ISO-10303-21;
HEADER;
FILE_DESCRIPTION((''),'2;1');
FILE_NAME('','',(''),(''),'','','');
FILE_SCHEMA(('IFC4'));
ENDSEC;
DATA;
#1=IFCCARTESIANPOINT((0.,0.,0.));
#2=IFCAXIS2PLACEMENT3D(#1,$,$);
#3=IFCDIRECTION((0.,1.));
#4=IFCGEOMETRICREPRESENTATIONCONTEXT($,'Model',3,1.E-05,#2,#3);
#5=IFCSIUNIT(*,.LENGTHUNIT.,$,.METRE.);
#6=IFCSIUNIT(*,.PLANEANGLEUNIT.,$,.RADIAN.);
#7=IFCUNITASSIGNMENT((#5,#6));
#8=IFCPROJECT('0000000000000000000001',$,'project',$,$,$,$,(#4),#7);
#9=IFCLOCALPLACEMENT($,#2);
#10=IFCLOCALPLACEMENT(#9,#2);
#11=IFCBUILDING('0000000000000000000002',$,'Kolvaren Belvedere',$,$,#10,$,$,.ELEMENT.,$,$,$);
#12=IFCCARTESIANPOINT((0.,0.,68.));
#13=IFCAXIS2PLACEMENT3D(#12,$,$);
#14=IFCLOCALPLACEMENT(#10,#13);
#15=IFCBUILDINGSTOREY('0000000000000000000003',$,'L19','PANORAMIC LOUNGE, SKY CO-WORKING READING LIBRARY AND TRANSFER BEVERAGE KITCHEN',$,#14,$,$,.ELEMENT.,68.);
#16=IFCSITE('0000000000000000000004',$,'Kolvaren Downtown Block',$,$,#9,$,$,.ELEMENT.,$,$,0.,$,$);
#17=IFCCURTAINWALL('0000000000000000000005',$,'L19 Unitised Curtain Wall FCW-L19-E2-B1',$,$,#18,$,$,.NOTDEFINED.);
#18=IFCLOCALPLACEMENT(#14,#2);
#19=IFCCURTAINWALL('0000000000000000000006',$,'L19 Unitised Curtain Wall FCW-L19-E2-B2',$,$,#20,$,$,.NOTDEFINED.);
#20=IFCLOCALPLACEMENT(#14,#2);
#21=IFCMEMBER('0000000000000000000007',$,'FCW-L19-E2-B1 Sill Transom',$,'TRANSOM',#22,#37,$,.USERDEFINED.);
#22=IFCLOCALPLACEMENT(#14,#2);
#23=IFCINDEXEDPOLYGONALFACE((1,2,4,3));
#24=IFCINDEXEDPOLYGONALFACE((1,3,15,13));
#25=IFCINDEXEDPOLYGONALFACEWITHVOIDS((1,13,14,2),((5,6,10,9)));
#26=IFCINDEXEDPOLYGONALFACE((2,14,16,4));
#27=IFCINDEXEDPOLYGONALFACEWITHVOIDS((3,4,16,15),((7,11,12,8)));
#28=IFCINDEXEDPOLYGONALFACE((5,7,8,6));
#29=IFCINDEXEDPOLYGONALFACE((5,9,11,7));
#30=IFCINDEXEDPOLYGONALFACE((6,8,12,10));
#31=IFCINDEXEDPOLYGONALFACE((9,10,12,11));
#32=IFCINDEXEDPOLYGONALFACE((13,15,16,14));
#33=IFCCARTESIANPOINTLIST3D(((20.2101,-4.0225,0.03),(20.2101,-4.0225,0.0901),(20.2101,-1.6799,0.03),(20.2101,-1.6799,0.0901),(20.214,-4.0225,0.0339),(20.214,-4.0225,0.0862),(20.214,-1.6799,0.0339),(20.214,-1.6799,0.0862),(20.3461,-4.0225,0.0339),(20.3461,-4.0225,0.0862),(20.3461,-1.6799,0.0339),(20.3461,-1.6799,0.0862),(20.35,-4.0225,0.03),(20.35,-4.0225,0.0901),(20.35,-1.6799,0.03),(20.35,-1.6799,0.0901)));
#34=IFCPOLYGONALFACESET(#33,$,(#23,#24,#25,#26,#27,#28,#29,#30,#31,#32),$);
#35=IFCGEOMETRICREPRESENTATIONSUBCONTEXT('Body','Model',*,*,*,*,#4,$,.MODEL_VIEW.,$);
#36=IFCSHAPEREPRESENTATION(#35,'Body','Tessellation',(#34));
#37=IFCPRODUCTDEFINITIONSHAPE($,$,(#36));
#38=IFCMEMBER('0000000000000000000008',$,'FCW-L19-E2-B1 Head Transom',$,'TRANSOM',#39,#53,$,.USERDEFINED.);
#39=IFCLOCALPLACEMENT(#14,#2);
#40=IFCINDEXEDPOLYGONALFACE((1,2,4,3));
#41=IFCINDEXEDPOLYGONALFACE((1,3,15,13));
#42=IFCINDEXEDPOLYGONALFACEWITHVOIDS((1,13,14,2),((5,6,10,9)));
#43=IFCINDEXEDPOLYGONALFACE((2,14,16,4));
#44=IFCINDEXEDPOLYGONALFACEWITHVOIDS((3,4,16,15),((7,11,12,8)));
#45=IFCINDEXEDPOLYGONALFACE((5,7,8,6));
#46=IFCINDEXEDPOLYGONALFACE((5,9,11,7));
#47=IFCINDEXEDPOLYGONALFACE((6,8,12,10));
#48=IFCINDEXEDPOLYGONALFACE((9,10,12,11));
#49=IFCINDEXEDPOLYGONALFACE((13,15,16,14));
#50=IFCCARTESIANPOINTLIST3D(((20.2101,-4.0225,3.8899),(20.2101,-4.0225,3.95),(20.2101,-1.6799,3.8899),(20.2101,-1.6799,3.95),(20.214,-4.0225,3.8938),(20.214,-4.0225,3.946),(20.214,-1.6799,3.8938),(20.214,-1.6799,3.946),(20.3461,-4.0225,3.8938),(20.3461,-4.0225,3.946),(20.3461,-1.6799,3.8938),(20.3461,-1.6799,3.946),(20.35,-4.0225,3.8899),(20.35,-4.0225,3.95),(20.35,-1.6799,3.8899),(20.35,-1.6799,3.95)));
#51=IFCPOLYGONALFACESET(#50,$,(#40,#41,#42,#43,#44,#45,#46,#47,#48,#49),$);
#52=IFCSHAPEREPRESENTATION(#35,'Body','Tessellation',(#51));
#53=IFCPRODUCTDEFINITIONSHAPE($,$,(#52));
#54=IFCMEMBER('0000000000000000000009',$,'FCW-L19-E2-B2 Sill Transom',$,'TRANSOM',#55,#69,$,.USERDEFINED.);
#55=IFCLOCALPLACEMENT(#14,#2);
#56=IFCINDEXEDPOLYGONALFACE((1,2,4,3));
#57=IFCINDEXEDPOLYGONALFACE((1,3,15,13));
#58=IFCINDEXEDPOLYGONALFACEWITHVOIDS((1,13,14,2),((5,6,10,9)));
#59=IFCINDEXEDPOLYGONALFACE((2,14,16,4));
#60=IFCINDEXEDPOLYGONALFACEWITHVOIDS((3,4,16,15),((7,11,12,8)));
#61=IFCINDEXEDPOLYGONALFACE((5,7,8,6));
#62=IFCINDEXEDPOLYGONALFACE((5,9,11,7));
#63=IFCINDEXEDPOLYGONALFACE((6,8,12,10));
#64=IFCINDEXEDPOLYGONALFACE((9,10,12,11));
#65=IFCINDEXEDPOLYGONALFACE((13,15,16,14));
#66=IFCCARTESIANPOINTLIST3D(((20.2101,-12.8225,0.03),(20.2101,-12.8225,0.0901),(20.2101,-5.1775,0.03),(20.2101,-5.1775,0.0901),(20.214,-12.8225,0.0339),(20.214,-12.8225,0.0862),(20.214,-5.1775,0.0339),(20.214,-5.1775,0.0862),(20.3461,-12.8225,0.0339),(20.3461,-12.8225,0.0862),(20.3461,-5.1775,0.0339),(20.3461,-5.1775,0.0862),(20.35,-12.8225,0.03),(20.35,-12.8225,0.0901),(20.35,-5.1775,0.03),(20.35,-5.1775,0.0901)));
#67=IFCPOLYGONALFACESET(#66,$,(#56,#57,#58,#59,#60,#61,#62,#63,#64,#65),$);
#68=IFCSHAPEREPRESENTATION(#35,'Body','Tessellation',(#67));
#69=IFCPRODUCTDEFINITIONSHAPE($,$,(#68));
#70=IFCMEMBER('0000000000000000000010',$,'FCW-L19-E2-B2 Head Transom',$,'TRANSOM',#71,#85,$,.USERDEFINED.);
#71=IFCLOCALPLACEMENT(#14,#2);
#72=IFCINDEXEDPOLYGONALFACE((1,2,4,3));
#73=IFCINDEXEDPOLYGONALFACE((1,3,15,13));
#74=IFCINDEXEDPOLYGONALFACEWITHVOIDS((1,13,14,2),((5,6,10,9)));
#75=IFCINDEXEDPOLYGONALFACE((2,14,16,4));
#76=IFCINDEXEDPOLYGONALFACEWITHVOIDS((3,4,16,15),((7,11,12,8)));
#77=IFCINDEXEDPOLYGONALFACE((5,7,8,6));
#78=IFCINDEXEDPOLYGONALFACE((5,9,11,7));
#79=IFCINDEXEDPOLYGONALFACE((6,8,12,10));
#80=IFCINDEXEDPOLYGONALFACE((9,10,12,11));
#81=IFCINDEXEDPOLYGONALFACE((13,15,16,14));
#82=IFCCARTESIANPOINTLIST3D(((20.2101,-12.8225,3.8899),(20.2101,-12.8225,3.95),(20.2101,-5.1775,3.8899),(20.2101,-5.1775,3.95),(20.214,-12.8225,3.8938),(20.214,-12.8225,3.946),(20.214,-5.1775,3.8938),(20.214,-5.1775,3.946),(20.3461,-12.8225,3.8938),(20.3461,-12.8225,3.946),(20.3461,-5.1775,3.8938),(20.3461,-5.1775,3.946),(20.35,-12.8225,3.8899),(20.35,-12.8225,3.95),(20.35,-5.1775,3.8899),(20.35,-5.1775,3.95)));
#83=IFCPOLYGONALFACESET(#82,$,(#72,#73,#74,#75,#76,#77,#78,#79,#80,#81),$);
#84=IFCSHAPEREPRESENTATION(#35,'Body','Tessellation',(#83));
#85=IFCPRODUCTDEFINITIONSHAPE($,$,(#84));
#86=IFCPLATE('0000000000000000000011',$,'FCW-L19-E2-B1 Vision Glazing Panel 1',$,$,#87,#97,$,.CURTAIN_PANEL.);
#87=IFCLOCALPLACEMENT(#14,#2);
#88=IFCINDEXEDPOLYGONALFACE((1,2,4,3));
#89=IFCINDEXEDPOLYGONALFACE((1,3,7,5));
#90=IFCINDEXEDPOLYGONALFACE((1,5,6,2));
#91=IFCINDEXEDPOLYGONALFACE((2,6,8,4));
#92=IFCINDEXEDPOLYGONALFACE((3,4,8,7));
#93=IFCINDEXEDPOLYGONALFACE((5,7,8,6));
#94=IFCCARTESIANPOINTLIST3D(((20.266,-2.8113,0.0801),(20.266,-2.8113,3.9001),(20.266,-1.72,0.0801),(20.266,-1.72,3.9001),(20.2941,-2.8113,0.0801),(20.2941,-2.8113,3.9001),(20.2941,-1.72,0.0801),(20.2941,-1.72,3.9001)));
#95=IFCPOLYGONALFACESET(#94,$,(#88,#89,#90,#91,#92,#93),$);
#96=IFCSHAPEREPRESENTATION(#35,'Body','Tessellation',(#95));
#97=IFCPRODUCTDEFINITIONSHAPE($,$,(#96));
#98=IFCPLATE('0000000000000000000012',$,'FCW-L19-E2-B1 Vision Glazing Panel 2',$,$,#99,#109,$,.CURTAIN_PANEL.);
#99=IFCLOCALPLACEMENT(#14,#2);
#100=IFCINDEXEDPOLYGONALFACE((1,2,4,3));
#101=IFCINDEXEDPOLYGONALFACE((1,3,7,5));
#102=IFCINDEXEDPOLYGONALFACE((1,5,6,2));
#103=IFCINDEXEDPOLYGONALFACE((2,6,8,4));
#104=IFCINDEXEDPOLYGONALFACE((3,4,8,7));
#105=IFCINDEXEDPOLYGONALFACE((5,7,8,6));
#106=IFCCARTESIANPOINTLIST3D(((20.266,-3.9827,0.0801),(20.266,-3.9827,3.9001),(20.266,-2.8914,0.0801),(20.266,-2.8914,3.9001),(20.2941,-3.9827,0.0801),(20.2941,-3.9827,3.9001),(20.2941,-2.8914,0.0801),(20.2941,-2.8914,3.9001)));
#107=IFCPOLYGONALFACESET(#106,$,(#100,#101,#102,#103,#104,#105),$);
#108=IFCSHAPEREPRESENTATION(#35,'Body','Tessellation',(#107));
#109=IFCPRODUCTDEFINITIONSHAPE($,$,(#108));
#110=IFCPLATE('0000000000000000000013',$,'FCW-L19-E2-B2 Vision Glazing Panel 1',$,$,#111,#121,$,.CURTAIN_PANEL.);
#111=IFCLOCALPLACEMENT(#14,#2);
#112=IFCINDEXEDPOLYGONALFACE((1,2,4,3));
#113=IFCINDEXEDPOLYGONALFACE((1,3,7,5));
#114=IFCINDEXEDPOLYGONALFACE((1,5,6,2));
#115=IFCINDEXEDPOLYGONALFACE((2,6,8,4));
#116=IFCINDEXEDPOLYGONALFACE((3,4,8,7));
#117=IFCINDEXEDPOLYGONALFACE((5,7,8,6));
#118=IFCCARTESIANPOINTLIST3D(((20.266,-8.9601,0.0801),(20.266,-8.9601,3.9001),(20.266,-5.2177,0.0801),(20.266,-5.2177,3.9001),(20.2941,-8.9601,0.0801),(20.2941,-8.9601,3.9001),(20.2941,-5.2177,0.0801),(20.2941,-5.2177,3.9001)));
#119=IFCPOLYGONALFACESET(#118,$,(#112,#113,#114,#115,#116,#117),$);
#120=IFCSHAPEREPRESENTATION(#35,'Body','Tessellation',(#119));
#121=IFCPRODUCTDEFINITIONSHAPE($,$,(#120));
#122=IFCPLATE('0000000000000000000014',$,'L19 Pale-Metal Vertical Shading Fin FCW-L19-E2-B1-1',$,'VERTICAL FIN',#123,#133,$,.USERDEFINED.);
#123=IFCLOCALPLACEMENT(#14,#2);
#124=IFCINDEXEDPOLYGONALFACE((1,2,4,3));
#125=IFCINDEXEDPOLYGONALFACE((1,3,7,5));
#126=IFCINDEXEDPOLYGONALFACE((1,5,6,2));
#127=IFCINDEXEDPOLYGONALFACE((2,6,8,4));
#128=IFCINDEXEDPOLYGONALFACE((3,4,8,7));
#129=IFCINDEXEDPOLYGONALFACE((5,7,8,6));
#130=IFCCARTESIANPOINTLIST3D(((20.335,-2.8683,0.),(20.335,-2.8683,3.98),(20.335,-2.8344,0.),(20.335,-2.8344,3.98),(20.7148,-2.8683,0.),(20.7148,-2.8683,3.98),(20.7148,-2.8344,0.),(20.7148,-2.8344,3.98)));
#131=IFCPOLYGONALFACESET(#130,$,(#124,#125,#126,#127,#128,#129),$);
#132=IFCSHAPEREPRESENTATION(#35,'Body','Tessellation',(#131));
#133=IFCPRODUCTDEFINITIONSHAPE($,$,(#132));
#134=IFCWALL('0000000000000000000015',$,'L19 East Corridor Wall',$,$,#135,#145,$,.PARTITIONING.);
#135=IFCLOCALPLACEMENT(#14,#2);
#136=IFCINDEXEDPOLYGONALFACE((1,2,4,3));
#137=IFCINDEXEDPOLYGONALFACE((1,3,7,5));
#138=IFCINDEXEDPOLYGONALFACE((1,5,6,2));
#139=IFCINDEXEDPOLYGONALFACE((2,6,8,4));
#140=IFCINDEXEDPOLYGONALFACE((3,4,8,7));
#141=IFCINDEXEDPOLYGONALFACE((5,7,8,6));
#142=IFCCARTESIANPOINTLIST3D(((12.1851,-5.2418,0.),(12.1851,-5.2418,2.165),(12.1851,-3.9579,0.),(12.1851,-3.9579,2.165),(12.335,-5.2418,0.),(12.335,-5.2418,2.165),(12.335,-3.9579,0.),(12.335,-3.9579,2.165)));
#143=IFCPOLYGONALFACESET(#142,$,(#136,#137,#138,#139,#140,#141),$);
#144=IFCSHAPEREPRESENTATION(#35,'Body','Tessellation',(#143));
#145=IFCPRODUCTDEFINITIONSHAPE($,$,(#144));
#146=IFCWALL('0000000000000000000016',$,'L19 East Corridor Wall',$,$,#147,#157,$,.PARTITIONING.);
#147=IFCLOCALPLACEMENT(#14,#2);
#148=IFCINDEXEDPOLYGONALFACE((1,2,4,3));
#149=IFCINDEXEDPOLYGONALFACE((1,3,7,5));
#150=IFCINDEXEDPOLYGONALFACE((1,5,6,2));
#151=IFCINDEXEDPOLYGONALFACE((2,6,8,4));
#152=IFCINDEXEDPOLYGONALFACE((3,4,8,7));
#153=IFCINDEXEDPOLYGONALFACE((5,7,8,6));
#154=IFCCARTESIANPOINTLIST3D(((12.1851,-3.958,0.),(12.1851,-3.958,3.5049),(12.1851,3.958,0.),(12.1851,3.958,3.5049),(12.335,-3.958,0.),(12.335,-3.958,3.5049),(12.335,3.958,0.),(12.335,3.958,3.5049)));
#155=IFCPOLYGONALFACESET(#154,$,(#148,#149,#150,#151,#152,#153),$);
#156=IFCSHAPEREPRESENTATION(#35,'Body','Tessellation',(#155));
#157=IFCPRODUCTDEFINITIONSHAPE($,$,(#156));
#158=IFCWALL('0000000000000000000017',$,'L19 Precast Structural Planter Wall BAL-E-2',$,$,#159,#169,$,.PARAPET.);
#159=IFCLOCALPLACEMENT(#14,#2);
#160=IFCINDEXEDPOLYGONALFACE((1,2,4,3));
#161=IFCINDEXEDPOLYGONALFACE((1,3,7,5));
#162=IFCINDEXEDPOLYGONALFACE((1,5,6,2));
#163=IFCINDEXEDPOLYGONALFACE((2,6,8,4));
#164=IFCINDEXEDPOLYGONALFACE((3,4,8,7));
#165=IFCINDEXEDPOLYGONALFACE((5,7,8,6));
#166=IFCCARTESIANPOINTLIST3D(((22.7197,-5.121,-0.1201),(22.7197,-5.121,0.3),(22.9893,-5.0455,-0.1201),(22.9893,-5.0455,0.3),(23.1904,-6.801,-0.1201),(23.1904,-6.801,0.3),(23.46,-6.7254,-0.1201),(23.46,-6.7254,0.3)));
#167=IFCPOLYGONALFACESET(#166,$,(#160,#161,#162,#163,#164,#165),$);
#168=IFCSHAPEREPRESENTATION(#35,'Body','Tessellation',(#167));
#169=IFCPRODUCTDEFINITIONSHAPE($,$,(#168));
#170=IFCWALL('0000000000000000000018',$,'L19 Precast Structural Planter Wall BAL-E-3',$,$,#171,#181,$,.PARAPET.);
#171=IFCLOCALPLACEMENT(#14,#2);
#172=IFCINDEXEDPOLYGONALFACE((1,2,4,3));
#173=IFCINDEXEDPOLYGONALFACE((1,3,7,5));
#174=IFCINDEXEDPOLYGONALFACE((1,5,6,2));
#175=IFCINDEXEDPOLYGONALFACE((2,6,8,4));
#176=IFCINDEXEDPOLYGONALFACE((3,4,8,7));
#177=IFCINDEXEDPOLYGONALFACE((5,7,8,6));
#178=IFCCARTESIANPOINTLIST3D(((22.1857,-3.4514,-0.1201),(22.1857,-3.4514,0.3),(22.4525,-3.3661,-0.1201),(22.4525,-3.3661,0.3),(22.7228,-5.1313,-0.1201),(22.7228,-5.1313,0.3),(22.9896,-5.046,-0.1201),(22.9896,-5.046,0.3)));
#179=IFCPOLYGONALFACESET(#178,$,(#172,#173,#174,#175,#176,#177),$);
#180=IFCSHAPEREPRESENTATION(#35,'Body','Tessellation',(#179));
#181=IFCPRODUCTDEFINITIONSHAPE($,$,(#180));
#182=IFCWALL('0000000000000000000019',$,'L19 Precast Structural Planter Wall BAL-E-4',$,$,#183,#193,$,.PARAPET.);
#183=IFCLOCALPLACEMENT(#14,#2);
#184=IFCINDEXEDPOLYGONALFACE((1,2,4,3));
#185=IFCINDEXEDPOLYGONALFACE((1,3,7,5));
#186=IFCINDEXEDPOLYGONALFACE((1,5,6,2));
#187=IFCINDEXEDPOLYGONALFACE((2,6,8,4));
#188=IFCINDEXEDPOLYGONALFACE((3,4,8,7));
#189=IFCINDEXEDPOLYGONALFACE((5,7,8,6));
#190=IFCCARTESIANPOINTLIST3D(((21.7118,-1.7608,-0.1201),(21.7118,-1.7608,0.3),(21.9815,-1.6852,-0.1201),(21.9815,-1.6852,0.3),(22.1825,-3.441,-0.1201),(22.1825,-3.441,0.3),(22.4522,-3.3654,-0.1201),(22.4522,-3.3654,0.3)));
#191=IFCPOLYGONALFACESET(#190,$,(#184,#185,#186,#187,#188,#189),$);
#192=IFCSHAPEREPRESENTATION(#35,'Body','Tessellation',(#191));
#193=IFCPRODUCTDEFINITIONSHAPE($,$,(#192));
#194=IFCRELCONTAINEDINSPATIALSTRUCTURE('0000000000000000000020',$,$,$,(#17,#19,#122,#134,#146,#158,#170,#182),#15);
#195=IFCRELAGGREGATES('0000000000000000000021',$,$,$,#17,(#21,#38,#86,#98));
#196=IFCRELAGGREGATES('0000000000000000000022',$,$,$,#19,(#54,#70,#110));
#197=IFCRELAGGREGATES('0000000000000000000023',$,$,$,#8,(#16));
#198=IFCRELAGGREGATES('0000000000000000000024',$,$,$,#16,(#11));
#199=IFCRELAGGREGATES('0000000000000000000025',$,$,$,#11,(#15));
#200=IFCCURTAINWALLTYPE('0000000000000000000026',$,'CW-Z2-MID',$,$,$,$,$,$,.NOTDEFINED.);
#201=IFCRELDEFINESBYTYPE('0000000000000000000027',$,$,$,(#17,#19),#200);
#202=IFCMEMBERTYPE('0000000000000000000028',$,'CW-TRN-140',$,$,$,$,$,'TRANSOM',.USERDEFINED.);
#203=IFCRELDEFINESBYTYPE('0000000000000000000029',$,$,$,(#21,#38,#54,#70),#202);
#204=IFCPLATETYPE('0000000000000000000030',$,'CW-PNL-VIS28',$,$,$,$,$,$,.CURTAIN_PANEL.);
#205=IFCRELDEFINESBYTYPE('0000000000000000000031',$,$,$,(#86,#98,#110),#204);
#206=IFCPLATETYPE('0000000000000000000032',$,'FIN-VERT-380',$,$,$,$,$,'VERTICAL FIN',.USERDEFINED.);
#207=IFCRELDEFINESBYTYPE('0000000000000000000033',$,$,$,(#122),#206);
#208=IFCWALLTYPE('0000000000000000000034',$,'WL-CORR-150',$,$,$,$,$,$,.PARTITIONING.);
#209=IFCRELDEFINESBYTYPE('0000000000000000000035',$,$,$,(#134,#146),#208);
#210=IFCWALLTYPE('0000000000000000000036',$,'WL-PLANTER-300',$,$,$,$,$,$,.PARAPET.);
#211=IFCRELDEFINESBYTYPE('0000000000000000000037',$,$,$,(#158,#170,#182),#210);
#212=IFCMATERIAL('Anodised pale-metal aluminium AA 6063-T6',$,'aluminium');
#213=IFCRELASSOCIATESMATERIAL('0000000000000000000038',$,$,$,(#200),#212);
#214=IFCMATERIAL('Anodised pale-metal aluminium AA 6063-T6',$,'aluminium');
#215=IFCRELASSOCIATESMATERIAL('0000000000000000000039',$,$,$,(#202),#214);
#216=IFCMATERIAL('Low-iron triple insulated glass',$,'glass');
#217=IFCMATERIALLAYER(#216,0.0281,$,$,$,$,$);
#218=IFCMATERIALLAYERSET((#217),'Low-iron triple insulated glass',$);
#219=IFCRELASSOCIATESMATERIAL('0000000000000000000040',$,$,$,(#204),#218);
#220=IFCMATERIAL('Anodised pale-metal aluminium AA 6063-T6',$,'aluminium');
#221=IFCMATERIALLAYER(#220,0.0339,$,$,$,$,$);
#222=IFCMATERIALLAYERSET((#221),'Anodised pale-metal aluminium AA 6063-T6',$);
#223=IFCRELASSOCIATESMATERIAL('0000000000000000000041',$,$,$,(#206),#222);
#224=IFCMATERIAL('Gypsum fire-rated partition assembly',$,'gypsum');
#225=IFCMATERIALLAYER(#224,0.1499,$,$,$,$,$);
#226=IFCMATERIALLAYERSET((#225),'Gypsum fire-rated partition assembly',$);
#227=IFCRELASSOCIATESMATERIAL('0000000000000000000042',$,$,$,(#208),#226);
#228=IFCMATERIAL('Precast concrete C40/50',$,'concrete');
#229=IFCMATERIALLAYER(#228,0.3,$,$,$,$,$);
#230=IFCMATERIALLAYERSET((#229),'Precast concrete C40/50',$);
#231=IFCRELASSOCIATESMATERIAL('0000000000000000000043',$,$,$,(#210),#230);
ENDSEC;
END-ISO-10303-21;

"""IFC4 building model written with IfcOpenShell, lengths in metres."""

from ifc_helpers import new_model, si_unit, direction, frame, frame_2d, origin, origin_2d, place, context, subcontext, project, spatial, rectangle, hollow_rectangle, extrude, material, layer, layer_set, material_profile, profile_set, type_object, element, aggregate, save


model = new_model("IFC4")

# Units and contexts
model_context = context("Model", 3, precision=1e-05, world=origin(), true_north=direction((0.0, 1.0)))
body_context = subcontext(model_context, "Body", "Model", "MODEL_VIEW")
ifc_project = project(units=[si_unit("LENGTHUNIT", "METRE"), si_unit("PLANEANGLEUNIT", "RADIAN")], contexts=[model_context])

# Site, building, storey
site_placement = place(None, origin())
site = spatial("IfcSite", under=ifc_project, at=site_placement, Name="Kolvaren Downtown Block", CompositionType="ELEMENT", RefElevation=0.0)
building_placement = place(site_placement, origin())
building = spatial("IfcBuilding", under=site, at=building_placement, Name="Kolvaren Belvedere", CompositionType="ELEMENT")
storey_placement = place(building_placement, frame((0.0, 0.0, 68.0)))
storey = spatial("IfcBuildingStorey", under=building, at=storey_placement, Name="L19", Description="PANORAMIC LOUNGE, SKY CO-WORKING READING LIBRARY AND TRANSFER BEVERAGE KITCHEN", CompositionType="ELEMENT", Elevation=68.0)

# Curtain wall
ifc_material_1 = material(Name="Anodised pale-metal aluminium AA 6063-T6", Category="aluminium")
curtain_wall_type = type_object("IfcCurtainWallType", Name="CW-Z2-MID", PredefinedType="NOTDEFINED", material=ifc_material_1)
curtain_wall_1_placement = place(storey_placement, origin())
curtain_wall_1 = element("IfcCurtainWall", 1, at=curtain_wall_1_placement, inside=storey, type_object=curtain_wall_type, Name="L19 Unitised Curtain Wall FCW-L19-E2-B1", PredefinedType="NOTDEFINED")

# Curtain wall
curtain_wall_2_placement = place(storey_placement, origin())
curtain_wall_2 = element("IfcCurtainWall", 2, at=curtain_wall_2_placement, inside=storey, type_object=curtain_wall_type, Name="L19 Unitised Curtain Wall FCW-L19-E2-B2", PredefinedType="NOTDEFINED")

# Members
ifc_material_2 = material(Name="Anodised pale-metal aluminium AA 6063-T6", Category="aluminium")
ifc_material_profile_1 = material_profile(ifc_material_2, hollow_rectangle(XDim=0.0601, YDim=0.1399, WallThickness=0.0039, at=origin_2d()), Name="ALU-TRN-140X60")
ifc_profile_set_1 = profile_set([ifc_material_profile_1], Name="Anodised pale-metal aluminium AA 6063-T6")
member_type_1 = type_object("IfcMemberType", Name="CW-TRN-140", ElementType="TRANSOM", PredefinedType="USERDEFINED", material=ifc_profile_set_1)
member_1_placement = place(storey_placement, frame((20.28, -1.6799, 0.0601), z_axis=(0.0, -1.0, 0.0), x_axis=(0.0, 0.0, 1.0)))
member_1 = element("IfcMember", 3, at=member_1_placement, type_object=member_type_1, Name="FCW-L19-E2-B1 Sill Transom", ObjectType="TRANSOM", PredefinedType="USERDEFINED", context=body_context, shape_type="SweptSolid", body=[
    extrude(hollow_rectangle(XDim=0.0601, YDim=0.1399, WallThickness=0.0039, at=origin_2d()), origin(), (0.0, 0.0, 1.0), 2.3425),
])
member_2_placement = place(storey_placement, frame((20.28, -1.6799, 3.9199), z_axis=(0.0, -1.0, 0.0), x_axis=(0.0, 0.0, 1.0)))
member_2 = element("IfcMember", 4, at=member_2_placement, type_object=member_type_1, Name="FCW-L19-E2-B1 Head Transom", ObjectType="TRANSOM", PredefinedType="USERDEFINED", context=body_context, shape_type="SweptSolid", body=[
    extrude(hollow_rectangle(XDim=0.0601, YDim=0.1399, WallThickness=0.0039, at=origin_2d()), origin(), (0.0, 0.0, 1.0), 2.3425),
])
member_3_placement = place(storey_placement, frame((20.28, -5.1775, 0.0601), z_axis=(0.0, -1.0, 0.0), x_axis=(0.0, 0.0, 1.0)))
member_3 = element("IfcMember", 5, at=member_3_placement, type_object=member_type_1, Name="FCW-L19-E2-B2 Sill Transom", ObjectType="TRANSOM", PredefinedType="USERDEFINED", context=body_context, shape_type="SweptSolid", body=[
    extrude(hollow_rectangle(XDim=0.0601, YDim=0.1399, WallThickness=0.0039, at=origin_2d()), origin(), (0.0, 0.0, 1.0), 7.645),
])
member_4_placement = place(storey_placement, frame((20.28, -5.1775, 3.9199), z_axis=(0.0, -1.0, 0.0), x_axis=(0.0, 0.0, 1.0)))
member_4 = element("IfcMember", 6, at=member_4_placement, type_object=member_type_1, Name="FCW-L19-E2-B2 Head Transom", ObjectType="TRANSOM", PredefinedType="USERDEFINED", context=body_context, shape_type="SweptSolid", body=[
    extrude(hollow_rectangle(XDim=0.0601, YDim=0.1399, WallThickness=0.0039, at=origin_2d()), origin(), (0.0, 0.0, 1.0), 7.645),
])

# Plates
ifc_material_3 = material(Name="Low-iron triple insulated glass", Category="glass")
ifc_layer_1 = layer(ifc_material_3, 0.0281)
ifc_layer_set_1 = layer_set([ifc_layer_1], Name="Low-iron triple insulated glass")
plate_type_1 = type_object("IfcPlateType", Name="CW-PNL-VIS28", PredefinedType="CURTAIN_PANEL", material=ifc_layer_set_1)
plate_1_placement = place(storey_placement, frame((20.28, -2.2656, 0.0801), z_axis=(0.0, 0.0, 1.0), x_axis=(0.0, -1.0, 0.0)))
plate_1 = element("IfcPlate", 7, at=plate_1_placement, type_object=plate_type_1, Name="FCW-L19-E2-B1 Vision Glazing Panel 1", PredefinedType="CURTAIN_PANEL", context=body_context, shape_type="SweptSolid", body=[
    extrude(rectangle(XDim=1.0913, YDim=0.0281, at=origin_2d()), origin(), (0.0, 0.0, 1.0), 3.8201),
])
plate_2_placement = place(storey_placement, frame((20.28, -3.437, 0.0801), z_axis=(0.0, 0.0, 1.0), x_axis=(0.0, -1.0, 0.0)))
plate_2 = element("IfcPlate", 8, at=plate_2_placement, type_object=plate_type_1, Name="FCW-L19-E2-B1 Vision Glazing Panel 2", PredefinedType="CURTAIN_PANEL", context=body_context, shape_type="SweptSolid", body=[
    extrude(rectangle(XDim=1.0913, YDim=0.0281, at=origin_2d()), origin(), (0.0, 0.0, 1.0), 3.8201),
])
aggregate(curtain_wall_1, [member_1, member_2, plate_1, plate_2])
plate_3_placement = place(storey_placement, frame((20.28, -7.0889, 0.0801), z_axis=(0.0, 0.0, 1.0), x_axis=(0.0, -1.0, 0.0)))
plate_3 = element("IfcPlate", 9, at=plate_3_placement, type_object=plate_type_1, Name="FCW-L19-E2-B2 Vision Glazing Panel 1", PredefinedType="CURTAIN_PANEL", context=body_context, shape_type="SweptSolid", body=[
    extrude(rectangle(XDim=3.7424, YDim=0.0281, at=origin_2d()), origin(), (0.0, 0.0, 1.0), 3.8201),
])
aggregate(curtain_wall_2, [member_3, member_4, plate_3])
ifc_material_4 = material(Name="Anodised pale-metal aluminium AA 6063-T6", Category="aluminium")
ifc_layer_2 = layer(ifc_material_4, 0.0339)
ifc_layer_set_2 = layer_set([ifc_layer_2], Name="Anodised pale-metal aluminium AA 6063-T6")
plate_type_2 = type_object("IfcPlateType", Name="FIN-VERT-380", ElementType="VERTICAL FIN", PredefinedType="USERDEFINED", material=ifc_layer_set_2)
plate_4_placement = place(storey_placement, frame((20.5249, -2.8513, 0.0), z_axis=(0.0, 0.0, 1.0), x_axis=(1.0, 0.0, 0.0)))
element("IfcPlate", 10, at=plate_4_placement, inside=storey, type_object=plate_type_2, Name="L19 Pale-Metal Vertical Shading Fin FCW-L19-E2-B1-1", ObjectType="VERTICAL FIN", PredefinedType="USERDEFINED", context=body_context, shape_type="SweptSolid", body=[
    extrude(rectangle(XDim=0.3799, YDim=0.0339, at=origin_2d()), origin(), (0.0, 0.0, 1.0), 3.98),
])

# Walls
ifc_material_5 = material(Name="Gypsum fire-rated partition assembly", Category="gypsum")
ifc_layer_3 = layer(ifc_material_5, 0.1499)
ifc_layer_set_3 = layer_set([ifc_layer_3], Name="Gypsum fire-rated partition assembly")
wall_type_1 = type_object("IfcWallType", Name="WL-CORR-150", PredefinedType="PARTITIONING", material=ifc_layer_set_3)
wall_1_placement = place(storey_placement, frame((12.26, -5.2419, 0.0), z_axis=(0.0, 0.0, 1.0), x_axis=(0.0, 1.0, 0.0)))
element("IfcWall", 11, at=wall_1_placement, inside=storey, type_object=wall_type_1, Name="L19 East Corridor Wall", PredefinedType="PARTITIONING", context=body_context, shape_type="SweptSolid", body=[
    extrude(rectangle(XDim=1.2839, YDim=0.1499, at=frame_2d((0.6421, 0.0))), origin(), (0.0, 0.0, 1.0), 2.165),
])
wall_2_placement = place(storey_placement, frame((12.26, -3.958, 0.0), z_axis=(0.0, 0.0, 1.0), x_axis=(0.0, 1.0, 0.0)))
element("IfcWall", 12, at=wall_2_placement, inside=storey, type_object=wall_type_1, Name="L19 East Corridor Wall", PredefinedType="PARTITIONING", context=body_context, shape_type="SweptSolid", body=[
    extrude(rectangle(XDim=7.916, YDim=0.1499, at=frame_2d((3.958, 0.0))), origin(), (0.0, 0.0, 1.0), 3.5049),
])
ifc_material_6 = material(Name="Precast concrete C40/50", Category="concrete")
ifc_layer_4 = layer(ifc_material_6, 0.3)
ifc_layer_set_4 = layer_set([ifc_layer_4], Name="Precast concrete C40/50")
wall_type_2 = type_object("IfcWallType", Name="WL-PLANTER-300", PredefinedType="PARAPET", material=ifc_layer_set_4)
wall_3_placement = place(storey_placement, frame((23.3252, -6.7632, -0.1201), z_axis=(0.0, 0.0, 1.0), x_axis=(-0.269801, 0.962916, 0.0)))
element("IfcWall", 13, at=wall_3_placement, inside=storey, type_object=wall_type_2, Name="L19 Precast Structural Planter Wall BAL-E-2", PredefinedType="PARAPET", context=body_context, shape_type="SweptSolid", body=[
    extrude(rectangle(XDim=1.7446, YDim=0.28, at=frame_2d((0.8723, 0.0))), origin(), (0.0, 0.0, 1.0), 0.4202),
])
wall_4_placement = place(storey_placement, frame((22.8562, -5.0886, -0.1201), z_axis=(0.0, 0.0, 1.0), x_axis=(-0.304535, 0.952501, 0.0)))
element("IfcWall", 14, at=wall_4_placement, inside=storey, type_object=wall_type_2, Name="L19 Precast Structural Planter Wall BAL-E-3", PredefinedType="PARAPET", context=body_context, shape_type="SweptSolid", body=[
    extrude(rectangle(XDim=1.7637, YDim=0.28, at=frame_2d((0.8818, 0.0))), origin(), (0.0, 0.0, 1.0), 0.4202),
])
wall_5_placement = place(storey_placement, frame((22.3174, -3.4033, -0.1201), z_axis=(0.0, 0.0, 1.0), x_axis=(-0.269765, 0.962926, 0.0)))
element("IfcWall", 15, at=wall_5_placement, inside=storey, type_object=wall_type_2, Name="L19 Precast Structural Planter Wall BAL-E-4", PredefinedType="PARAPET", context=body_context, shape_type="SweptSolid", body=[
    extrude(rectangle(XDim=1.7449, YDim=0.28, at=frame_2d((0.8726, 0.0))), origin(), (0.0, 0.0, 1.0), 0.4202),
])

save(model, "model.ifc")
